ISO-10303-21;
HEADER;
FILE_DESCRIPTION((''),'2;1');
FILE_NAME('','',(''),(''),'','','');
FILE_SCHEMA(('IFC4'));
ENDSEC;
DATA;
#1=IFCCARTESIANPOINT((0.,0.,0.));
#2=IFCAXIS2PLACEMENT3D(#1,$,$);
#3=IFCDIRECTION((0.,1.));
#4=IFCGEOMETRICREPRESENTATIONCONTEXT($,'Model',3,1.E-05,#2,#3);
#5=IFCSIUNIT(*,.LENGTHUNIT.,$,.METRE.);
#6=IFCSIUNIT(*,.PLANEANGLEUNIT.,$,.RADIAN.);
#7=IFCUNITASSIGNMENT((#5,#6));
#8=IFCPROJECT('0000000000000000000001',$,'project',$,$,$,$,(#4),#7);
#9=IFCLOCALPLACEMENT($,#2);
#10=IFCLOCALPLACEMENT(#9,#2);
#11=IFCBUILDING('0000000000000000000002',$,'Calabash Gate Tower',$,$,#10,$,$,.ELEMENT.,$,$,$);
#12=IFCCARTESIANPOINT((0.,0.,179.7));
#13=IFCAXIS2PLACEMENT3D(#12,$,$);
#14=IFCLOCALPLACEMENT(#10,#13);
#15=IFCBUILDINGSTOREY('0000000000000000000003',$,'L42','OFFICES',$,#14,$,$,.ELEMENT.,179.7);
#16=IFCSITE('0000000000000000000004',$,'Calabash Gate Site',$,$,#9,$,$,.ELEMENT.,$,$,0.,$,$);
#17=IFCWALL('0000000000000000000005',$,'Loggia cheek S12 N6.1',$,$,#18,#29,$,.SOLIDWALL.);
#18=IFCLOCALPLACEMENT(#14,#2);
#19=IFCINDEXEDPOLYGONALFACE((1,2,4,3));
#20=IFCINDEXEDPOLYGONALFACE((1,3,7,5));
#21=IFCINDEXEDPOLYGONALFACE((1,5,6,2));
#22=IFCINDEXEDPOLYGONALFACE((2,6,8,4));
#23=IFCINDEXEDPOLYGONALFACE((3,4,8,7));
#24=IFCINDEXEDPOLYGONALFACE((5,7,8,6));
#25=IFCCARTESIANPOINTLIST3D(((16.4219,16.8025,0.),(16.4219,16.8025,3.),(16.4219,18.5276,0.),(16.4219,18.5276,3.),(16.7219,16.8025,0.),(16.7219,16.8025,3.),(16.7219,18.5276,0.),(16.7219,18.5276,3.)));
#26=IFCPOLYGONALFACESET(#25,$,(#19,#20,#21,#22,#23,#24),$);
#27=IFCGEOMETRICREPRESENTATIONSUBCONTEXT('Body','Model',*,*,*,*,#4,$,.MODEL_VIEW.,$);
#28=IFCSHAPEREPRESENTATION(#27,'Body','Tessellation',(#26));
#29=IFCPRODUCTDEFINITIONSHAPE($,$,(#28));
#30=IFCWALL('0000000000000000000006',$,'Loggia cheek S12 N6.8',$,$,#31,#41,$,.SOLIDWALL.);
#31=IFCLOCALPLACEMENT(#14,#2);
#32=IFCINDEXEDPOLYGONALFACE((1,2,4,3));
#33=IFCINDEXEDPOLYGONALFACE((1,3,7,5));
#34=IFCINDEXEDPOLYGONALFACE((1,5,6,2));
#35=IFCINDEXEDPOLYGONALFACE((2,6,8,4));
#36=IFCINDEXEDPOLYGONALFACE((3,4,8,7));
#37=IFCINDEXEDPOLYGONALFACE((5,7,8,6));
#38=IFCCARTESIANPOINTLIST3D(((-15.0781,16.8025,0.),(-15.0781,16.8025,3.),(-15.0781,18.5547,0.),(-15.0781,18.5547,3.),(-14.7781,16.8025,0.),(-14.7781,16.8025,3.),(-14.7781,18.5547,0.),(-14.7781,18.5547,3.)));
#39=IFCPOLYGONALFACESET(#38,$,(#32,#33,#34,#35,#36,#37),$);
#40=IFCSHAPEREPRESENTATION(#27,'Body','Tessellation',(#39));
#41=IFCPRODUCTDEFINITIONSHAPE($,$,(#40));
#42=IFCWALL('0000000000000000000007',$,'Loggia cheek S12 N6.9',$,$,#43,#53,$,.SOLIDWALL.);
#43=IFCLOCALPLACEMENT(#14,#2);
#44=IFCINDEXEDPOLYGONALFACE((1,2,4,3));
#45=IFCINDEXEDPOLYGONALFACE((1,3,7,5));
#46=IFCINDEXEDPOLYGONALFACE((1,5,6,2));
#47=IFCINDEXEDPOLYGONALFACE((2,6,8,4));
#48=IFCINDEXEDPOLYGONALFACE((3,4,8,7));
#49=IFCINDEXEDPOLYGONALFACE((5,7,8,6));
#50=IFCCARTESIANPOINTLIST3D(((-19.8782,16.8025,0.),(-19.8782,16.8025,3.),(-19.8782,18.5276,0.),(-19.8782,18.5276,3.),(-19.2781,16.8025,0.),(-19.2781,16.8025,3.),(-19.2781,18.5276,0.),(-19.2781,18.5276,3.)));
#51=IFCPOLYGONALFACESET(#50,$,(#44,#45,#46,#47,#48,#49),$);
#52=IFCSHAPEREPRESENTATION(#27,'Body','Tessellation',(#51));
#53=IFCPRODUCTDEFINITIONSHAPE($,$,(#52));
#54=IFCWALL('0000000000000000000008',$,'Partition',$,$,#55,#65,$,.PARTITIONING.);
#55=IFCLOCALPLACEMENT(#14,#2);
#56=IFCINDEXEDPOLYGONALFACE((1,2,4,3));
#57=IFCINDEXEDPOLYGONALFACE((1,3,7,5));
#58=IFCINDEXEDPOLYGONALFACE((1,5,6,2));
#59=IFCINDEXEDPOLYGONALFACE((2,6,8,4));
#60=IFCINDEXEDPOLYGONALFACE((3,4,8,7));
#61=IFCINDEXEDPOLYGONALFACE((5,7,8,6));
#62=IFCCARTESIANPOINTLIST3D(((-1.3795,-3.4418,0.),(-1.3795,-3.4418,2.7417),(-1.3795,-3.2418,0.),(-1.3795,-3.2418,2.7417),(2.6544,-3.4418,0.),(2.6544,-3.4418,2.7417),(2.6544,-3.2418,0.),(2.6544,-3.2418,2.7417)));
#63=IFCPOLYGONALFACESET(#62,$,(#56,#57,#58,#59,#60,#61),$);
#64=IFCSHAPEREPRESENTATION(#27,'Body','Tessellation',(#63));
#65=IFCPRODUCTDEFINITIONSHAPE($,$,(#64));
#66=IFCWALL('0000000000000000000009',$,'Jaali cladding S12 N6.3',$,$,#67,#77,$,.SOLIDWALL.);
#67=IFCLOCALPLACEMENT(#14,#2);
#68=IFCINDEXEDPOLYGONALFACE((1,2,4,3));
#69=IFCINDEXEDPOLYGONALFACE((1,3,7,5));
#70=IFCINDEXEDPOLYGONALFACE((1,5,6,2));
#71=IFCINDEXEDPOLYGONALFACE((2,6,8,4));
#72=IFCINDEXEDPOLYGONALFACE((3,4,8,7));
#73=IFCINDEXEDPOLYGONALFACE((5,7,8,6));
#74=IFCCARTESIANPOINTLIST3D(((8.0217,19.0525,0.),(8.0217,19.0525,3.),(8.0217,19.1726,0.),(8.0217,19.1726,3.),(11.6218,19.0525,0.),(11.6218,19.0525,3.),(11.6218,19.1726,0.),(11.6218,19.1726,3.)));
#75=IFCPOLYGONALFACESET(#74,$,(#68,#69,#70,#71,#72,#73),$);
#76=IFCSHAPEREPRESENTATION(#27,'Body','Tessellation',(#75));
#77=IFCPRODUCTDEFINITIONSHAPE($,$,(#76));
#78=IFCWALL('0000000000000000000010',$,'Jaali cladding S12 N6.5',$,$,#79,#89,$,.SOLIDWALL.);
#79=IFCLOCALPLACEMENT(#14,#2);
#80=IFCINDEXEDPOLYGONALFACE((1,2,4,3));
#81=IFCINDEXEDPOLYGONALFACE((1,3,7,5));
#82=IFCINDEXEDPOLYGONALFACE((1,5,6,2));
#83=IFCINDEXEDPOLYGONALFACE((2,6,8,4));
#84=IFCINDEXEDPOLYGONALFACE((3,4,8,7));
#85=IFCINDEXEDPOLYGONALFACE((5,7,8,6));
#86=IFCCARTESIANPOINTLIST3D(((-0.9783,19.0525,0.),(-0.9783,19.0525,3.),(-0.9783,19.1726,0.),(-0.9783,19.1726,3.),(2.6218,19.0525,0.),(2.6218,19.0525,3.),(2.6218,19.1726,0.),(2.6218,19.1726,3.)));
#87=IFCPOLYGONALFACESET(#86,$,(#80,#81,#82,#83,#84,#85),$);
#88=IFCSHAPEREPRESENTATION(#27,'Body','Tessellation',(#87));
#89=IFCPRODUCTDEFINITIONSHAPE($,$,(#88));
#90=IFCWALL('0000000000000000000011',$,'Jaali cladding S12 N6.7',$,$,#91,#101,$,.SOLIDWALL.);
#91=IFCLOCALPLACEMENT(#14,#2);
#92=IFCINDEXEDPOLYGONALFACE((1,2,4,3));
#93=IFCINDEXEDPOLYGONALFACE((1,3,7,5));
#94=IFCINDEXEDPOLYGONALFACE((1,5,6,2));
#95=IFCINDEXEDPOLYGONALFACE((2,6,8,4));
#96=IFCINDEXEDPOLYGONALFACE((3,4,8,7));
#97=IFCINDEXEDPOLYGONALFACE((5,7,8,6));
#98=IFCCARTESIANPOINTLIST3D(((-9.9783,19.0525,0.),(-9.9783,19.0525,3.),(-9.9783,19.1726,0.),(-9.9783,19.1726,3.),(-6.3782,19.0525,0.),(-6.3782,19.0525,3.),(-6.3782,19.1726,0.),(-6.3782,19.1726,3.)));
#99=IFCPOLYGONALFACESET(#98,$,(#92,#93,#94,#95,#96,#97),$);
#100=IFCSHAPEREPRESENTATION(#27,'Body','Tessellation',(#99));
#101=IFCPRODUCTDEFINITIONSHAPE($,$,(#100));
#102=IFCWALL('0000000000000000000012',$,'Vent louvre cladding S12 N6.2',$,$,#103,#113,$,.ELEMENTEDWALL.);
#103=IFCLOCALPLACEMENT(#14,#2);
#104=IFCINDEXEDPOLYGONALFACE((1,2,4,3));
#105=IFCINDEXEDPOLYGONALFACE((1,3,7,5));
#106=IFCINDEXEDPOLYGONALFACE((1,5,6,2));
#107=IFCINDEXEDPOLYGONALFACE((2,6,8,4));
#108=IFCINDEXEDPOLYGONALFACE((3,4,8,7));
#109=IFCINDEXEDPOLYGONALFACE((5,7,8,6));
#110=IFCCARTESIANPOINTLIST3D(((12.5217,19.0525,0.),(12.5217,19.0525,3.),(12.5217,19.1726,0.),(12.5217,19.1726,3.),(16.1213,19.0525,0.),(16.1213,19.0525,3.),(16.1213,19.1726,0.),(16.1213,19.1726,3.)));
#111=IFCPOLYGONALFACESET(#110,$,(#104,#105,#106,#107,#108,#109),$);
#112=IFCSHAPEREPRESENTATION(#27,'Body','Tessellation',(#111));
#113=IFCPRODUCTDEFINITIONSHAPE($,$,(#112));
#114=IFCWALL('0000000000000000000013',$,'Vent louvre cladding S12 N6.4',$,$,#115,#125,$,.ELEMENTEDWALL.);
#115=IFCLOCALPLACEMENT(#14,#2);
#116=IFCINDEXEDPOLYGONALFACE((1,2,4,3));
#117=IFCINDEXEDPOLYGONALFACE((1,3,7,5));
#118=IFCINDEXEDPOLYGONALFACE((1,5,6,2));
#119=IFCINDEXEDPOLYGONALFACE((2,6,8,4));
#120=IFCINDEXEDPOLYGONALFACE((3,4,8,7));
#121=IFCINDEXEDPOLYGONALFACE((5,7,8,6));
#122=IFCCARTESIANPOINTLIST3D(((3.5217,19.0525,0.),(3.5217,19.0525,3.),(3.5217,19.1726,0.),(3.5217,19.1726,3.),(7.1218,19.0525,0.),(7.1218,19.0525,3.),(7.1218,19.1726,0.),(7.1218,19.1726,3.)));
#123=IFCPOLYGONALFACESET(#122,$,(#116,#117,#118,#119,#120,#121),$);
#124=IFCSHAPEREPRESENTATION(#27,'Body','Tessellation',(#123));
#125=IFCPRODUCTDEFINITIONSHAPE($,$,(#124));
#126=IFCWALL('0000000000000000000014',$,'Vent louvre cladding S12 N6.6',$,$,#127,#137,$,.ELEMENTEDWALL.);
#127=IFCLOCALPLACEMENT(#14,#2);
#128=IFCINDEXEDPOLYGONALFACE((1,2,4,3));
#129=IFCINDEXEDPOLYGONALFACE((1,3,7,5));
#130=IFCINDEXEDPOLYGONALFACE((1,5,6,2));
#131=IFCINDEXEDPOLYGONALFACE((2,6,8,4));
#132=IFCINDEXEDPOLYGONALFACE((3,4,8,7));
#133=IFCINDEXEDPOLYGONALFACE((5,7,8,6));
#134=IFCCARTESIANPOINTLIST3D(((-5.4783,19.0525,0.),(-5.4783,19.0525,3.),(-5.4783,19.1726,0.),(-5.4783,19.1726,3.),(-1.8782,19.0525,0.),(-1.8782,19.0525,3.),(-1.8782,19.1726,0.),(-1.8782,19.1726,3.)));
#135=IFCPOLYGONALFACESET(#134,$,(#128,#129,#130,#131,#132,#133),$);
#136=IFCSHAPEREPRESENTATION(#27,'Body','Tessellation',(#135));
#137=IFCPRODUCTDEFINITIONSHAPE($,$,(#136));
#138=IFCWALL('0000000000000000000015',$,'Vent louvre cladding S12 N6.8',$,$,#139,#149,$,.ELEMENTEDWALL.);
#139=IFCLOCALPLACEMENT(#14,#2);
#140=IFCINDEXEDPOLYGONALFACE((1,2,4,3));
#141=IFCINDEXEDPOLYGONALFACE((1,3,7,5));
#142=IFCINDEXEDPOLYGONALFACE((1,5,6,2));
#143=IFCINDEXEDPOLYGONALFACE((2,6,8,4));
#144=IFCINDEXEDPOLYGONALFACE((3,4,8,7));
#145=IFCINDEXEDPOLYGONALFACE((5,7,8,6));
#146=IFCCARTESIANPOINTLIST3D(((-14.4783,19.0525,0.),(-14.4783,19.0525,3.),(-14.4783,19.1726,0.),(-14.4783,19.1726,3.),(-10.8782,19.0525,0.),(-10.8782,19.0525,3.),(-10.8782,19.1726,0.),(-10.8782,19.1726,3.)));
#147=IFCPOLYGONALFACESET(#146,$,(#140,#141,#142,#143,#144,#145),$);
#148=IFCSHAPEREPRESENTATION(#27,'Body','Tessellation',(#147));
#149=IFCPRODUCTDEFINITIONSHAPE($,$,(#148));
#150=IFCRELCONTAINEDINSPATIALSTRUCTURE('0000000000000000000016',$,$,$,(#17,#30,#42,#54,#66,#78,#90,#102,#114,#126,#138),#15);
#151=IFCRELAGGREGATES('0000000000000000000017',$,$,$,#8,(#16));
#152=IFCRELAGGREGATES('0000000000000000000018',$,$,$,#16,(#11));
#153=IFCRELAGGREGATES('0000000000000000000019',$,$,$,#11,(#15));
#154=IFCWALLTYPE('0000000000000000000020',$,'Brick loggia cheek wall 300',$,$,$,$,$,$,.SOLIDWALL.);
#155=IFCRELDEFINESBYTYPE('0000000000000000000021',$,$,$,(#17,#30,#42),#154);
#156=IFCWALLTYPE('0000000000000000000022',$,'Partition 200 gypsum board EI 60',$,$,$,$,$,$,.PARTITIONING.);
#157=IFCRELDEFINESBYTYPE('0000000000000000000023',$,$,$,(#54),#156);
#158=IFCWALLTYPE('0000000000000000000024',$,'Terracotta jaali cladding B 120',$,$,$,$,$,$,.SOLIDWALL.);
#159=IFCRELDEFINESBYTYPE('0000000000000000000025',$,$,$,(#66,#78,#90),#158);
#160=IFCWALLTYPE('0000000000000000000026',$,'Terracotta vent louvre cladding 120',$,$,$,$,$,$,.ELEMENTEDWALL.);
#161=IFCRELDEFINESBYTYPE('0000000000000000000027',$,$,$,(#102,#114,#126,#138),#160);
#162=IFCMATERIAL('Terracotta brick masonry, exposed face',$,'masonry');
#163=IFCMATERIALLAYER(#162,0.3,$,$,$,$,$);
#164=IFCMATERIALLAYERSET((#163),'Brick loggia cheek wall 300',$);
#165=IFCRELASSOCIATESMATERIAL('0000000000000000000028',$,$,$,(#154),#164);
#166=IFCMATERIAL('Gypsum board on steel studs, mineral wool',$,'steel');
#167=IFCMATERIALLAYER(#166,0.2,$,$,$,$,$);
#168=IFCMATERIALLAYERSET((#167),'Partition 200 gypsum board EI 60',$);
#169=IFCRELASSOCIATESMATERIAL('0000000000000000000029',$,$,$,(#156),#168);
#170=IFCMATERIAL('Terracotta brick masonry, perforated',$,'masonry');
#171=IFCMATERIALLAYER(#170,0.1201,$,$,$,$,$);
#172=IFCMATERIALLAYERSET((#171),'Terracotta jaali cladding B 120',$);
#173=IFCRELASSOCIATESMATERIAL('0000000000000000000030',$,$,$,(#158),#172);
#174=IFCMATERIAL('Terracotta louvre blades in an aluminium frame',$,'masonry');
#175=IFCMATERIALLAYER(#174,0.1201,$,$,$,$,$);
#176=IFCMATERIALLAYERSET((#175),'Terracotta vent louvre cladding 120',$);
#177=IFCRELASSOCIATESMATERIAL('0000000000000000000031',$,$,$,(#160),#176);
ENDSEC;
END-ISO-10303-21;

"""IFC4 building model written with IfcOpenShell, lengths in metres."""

from ifc_helpers import new_model, si_unit, direction, frame, frame_2d, origin, place, context, subcontext, project, spatial, polyline, rectangle, outline, extrude, material, layer, layer_set, type_object, element, save


model = new_model("IFC4")

# Units and contexts
model_context = context("Model", 3, precision=1e-05, world=origin(), true_north=direction((0.0, 1.0)))
body_context = subcontext(model_context, "Body", "Model", "MODEL_VIEW")
ifc_project = project(units=[si_unit("LENGTHUNIT", "METRE"), si_unit("PLANEANGLEUNIT", "RADIAN")], contexts=[model_context])

# Site, building, storey
site_placement = place(None, origin())
site = spatial("IfcSite", under=ifc_project, at=site_placement, Name="Calabash Gate Site", CompositionType="ELEMENT", RefElevation=0.0)
building_placement = place(site_placement, origin())
building = spatial("IfcBuilding", under=site, at=building_placement, Name="Calabash Gate Tower", CompositionType="ELEMENT")
storey_placement = place(building_placement, frame((0.0, 0.0, 179.7)))
storey = spatial("IfcBuildingStorey", under=building, at=storey_placement, Name="L42", Description="OFFICES", CompositionType="ELEMENT", Elevation=179.7)

# Walls
ifc_material_1 = material(Name="Terracotta brick masonry, exposed face", Category="masonry")
ifc_layer_1 = layer(ifc_material_1, 0.3)
ifc_layer_set_1 = layer_set([ifc_layer_1], Name="Brick loggia cheek wall 300")
wall_type_1 = type_object("IfcWallType", Name="Brick loggia cheek wall 300", PredefinedType="SOLIDWALL", material=ifc_layer_set_1)
wall_1_placement = place(storey_placement, origin())
element("IfcWall", 1, at=wall_1_placement, inside=storey, type_object=wall_type_1, Name="Loggia cheek S12 N6.1", PredefinedType="SOLIDWALL", context=body_context, shape_type="SweptSolid", body=[
    extrude(outline(polyline([(16.4219, 18.5276), (16.4219, 16.8025), (16.7219, 16.8025), (16.7219, 18.5276), (16.4219, 18.5276)])), origin(), (0.0, 0.0, 1.0), 3.0),
])
wall_2_placement = place(storey_placement, origin())
element("IfcWall", 2, at=wall_2_placement, inside=storey, type_object=wall_type_1, Name="Loggia cheek S12 N6.8", PredefinedType="SOLIDWALL", context=body_context, shape_type="SweptSolid", body=[
    extrude(outline(polyline([(-15.0781, 16.8025), (-15.0781, 18.5547), (-14.7781, 18.5547), (-14.7781, 16.8025), (-15.0781, 16.8025)])), origin(), (0.0, 0.0, 1.0), 3.0),
])
wall_3_placement = place(storey_placement, origin())
element("IfcWall", 3, at=wall_3_placement, inside=storey, type_object=wall_type_1, Name="Loggia cheek S12 N6.9", PredefinedType="SOLIDWALL", context=body_context, shape_type="SweptSolid", body=[
    extrude(outline(polyline([(-19.8782, 18.5276), (-19.8782, 16.8025), (-19.2781, 16.8025), (-19.2781, 18.5276), (-19.8782, 18.5276)])), origin(), (0.0, 0.0, 1.0), 3.0),
])
ifc_material_2 = material(Name="Gypsum board on steel studs, mineral wool", Category="steel")
ifc_layer_2 = layer(ifc_material_2, 0.2)
ifc_layer_set_2 = layer_set([ifc_layer_2], Name="Partition 200 gypsum board EI 60")
wall_type_2 = type_object("IfcWallType", Name="Partition 200 gypsum board EI 60", PredefinedType="PARTITIONING", material=ifc_layer_set_2)
wall_4_placement = place(storey_placement, frame((-1.3796, -3.3418, 0.0), z_axis=(0.0, 0.0, 1.0), x_axis=(1.0, 0.0, 0.0)))
element("IfcWall", 4, at=wall_4_placement, inside=storey, type_object=wall_type_2, Name="Partition", PredefinedType="PARTITIONING", context=body_context, shape_type="SweptSolid", body=[
    extrude(rectangle(XDim=4.0339, YDim=0.2, at=frame_2d((2.0171, 0.0))), origin(), (0.0, 0.0, 1.0), 2.7417),
])
ifc_material_3 = material(Name="Terracotta brick masonry, perforated", Category="masonry")
ifc_layer_3 = layer(ifc_material_3, 0.1201)
ifc_layer_set_3 = layer_set([ifc_layer_3], Name="Terracotta jaali cladding B 120")
wall_type_3 = type_object("IfcWallType", Name="Terracotta jaali cladding B 120", PredefinedType="SOLIDWALL", material=ifc_layer_set_3)
wall_5_placement = place(storey_placement, origin())
element("IfcWall", 5, at=wall_5_placement, inside=storey, type_object=wall_type_3, Name="Jaali cladding S12 N6.3", PredefinedType="SOLIDWALL", context=body_context, shape_type="SweptSolid", body=[
    extrude(outline(polyline([(8.0217, 19.1726), (8.0217, 19.0525), (11.6218, 19.0525), (11.6218, 19.1726), (8.0217, 19.1726)])), origin(), (0.0, 0.0, 1.0), 3.0),
])
wall_6_placement = place(storey_placement, origin())
element("IfcWall", 6, at=wall_6_placement, inside=storey, type_object=wall_type_3, Name="Jaali cladding S12 N6.5", PredefinedType="SOLIDWALL", context=body_context, shape_type="SweptSolid", body=[
    extrude(outline(polyline([(-0.9783, 19.1726), (-0.9783, 19.0525), (2.6218, 19.0525), (2.6218, 19.1726), (-0.9783, 19.1726)])), origin(), (0.0, 0.0, 1.0), 3.0),
])
wall_7_placement = place(storey_placement, origin())
element("IfcWall", 7, at=wall_7_placement, inside=storey, type_object=wall_type_3, Name="Jaali cladding S12 N6.7", PredefinedType="SOLIDWALL", context=body_context, shape_type="SweptSolid", body=[
    extrude(outline(polyline([(-9.9783, 19.1726), (-9.9783, 19.0525), (-6.3782, 19.0525), (-6.3782, 19.1726), (-9.9783, 19.1726)])), origin(), (0.0, 0.0, 1.0), 3.0),
])
ifc_material_4 = material(Name="Terracotta louvre blades in an aluminium frame", Category="masonry")
ifc_layer_4 = layer(ifc_material_4, 0.1201)
ifc_layer_set_4 = layer_set([ifc_layer_4], Name="Terracotta vent louvre cladding 120")
wall_type_4 = type_object("IfcWallType", Name="Terracotta vent louvre cladding 120", PredefinedType="ELEMENTEDWALL", material=ifc_layer_set_4)
wall_8_placement = place(storey_placement, origin())
element("IfcWall", 8, at=wall_8_placement, inside=storey, type_object=wall_type_4, Name="Vent louvre cladding S12 N6.2", PredefinedType="ELEMENTEDWALL", context=body_context, shape_type="SweptSolid", body=[
    extrude(outline(polyline([(12.5217, 19.1726), (12.5217, 19.0525), (16.1213, 19.0525), (16.1213, 19.1726), (12.5217, 19.1726)])), origin(), (0.0, 0.0, 1.0), 3.0),
])
wall_9_placement = place(storey_placement, origin())
element("IfcWall", 9, at=wall_9_placement, inside=storey, type_object=wall_type_4, Name="Vent louvre cladding S12 N6.4", PredefinedType="ELEMENTEDWALL", context=body_context, shape_type="SweptSolid", body=[
    extrude(outline(polyline([(3.5217, 19.1726), (3.5217, 19.0525), (7.1218, 19.0525), (7.1218, 19.1726), (3.5217, 19.1726)])), origin(), (0.0, 0.0, 1.0), 3.0),
])
wall_10_placement = place(storey_placement, origin())
element("IfcWall", 10, at=wall_10_placement, inside=storey, type_object=wall_type_4, Name="Vent louvre cladding S12 N6.6", PredefinedType="ELEMENTEDWALL", context=body_context, shape_type="SweptSolid", body=[
    extrude(outline(polyline([(-5.4783, 19.1726), (-5.4783, 19.0525), (-1.8782, 19.0525), (-1.8782, 19.1726), (-5.4783, 19.1726)])), origin(), (0.0, 0.0, 1.0), 3.0),
])
wall_11_placement = place(storey_placement, origin())
element("IfcWall", 11, at=wall_11_placement, inside=storey, type_object=wall_type_4, Name="Vent louvre cladding S12 N6.8", PredefinedType="ELEMENTEDWALL", context=body_context, shape_type="SweptSolid", body=[
    extrude(outline(polyline([(-14.4783, 19.1726), (-14.4783, 19.0525), (-10.8782, 19.0525), (-10.8782, 19.1726), (-14.4783, 19.1726)])), origin(), (0.0, 0.0, 1.0), 3.0),
])

save(model, "model.ifc")
